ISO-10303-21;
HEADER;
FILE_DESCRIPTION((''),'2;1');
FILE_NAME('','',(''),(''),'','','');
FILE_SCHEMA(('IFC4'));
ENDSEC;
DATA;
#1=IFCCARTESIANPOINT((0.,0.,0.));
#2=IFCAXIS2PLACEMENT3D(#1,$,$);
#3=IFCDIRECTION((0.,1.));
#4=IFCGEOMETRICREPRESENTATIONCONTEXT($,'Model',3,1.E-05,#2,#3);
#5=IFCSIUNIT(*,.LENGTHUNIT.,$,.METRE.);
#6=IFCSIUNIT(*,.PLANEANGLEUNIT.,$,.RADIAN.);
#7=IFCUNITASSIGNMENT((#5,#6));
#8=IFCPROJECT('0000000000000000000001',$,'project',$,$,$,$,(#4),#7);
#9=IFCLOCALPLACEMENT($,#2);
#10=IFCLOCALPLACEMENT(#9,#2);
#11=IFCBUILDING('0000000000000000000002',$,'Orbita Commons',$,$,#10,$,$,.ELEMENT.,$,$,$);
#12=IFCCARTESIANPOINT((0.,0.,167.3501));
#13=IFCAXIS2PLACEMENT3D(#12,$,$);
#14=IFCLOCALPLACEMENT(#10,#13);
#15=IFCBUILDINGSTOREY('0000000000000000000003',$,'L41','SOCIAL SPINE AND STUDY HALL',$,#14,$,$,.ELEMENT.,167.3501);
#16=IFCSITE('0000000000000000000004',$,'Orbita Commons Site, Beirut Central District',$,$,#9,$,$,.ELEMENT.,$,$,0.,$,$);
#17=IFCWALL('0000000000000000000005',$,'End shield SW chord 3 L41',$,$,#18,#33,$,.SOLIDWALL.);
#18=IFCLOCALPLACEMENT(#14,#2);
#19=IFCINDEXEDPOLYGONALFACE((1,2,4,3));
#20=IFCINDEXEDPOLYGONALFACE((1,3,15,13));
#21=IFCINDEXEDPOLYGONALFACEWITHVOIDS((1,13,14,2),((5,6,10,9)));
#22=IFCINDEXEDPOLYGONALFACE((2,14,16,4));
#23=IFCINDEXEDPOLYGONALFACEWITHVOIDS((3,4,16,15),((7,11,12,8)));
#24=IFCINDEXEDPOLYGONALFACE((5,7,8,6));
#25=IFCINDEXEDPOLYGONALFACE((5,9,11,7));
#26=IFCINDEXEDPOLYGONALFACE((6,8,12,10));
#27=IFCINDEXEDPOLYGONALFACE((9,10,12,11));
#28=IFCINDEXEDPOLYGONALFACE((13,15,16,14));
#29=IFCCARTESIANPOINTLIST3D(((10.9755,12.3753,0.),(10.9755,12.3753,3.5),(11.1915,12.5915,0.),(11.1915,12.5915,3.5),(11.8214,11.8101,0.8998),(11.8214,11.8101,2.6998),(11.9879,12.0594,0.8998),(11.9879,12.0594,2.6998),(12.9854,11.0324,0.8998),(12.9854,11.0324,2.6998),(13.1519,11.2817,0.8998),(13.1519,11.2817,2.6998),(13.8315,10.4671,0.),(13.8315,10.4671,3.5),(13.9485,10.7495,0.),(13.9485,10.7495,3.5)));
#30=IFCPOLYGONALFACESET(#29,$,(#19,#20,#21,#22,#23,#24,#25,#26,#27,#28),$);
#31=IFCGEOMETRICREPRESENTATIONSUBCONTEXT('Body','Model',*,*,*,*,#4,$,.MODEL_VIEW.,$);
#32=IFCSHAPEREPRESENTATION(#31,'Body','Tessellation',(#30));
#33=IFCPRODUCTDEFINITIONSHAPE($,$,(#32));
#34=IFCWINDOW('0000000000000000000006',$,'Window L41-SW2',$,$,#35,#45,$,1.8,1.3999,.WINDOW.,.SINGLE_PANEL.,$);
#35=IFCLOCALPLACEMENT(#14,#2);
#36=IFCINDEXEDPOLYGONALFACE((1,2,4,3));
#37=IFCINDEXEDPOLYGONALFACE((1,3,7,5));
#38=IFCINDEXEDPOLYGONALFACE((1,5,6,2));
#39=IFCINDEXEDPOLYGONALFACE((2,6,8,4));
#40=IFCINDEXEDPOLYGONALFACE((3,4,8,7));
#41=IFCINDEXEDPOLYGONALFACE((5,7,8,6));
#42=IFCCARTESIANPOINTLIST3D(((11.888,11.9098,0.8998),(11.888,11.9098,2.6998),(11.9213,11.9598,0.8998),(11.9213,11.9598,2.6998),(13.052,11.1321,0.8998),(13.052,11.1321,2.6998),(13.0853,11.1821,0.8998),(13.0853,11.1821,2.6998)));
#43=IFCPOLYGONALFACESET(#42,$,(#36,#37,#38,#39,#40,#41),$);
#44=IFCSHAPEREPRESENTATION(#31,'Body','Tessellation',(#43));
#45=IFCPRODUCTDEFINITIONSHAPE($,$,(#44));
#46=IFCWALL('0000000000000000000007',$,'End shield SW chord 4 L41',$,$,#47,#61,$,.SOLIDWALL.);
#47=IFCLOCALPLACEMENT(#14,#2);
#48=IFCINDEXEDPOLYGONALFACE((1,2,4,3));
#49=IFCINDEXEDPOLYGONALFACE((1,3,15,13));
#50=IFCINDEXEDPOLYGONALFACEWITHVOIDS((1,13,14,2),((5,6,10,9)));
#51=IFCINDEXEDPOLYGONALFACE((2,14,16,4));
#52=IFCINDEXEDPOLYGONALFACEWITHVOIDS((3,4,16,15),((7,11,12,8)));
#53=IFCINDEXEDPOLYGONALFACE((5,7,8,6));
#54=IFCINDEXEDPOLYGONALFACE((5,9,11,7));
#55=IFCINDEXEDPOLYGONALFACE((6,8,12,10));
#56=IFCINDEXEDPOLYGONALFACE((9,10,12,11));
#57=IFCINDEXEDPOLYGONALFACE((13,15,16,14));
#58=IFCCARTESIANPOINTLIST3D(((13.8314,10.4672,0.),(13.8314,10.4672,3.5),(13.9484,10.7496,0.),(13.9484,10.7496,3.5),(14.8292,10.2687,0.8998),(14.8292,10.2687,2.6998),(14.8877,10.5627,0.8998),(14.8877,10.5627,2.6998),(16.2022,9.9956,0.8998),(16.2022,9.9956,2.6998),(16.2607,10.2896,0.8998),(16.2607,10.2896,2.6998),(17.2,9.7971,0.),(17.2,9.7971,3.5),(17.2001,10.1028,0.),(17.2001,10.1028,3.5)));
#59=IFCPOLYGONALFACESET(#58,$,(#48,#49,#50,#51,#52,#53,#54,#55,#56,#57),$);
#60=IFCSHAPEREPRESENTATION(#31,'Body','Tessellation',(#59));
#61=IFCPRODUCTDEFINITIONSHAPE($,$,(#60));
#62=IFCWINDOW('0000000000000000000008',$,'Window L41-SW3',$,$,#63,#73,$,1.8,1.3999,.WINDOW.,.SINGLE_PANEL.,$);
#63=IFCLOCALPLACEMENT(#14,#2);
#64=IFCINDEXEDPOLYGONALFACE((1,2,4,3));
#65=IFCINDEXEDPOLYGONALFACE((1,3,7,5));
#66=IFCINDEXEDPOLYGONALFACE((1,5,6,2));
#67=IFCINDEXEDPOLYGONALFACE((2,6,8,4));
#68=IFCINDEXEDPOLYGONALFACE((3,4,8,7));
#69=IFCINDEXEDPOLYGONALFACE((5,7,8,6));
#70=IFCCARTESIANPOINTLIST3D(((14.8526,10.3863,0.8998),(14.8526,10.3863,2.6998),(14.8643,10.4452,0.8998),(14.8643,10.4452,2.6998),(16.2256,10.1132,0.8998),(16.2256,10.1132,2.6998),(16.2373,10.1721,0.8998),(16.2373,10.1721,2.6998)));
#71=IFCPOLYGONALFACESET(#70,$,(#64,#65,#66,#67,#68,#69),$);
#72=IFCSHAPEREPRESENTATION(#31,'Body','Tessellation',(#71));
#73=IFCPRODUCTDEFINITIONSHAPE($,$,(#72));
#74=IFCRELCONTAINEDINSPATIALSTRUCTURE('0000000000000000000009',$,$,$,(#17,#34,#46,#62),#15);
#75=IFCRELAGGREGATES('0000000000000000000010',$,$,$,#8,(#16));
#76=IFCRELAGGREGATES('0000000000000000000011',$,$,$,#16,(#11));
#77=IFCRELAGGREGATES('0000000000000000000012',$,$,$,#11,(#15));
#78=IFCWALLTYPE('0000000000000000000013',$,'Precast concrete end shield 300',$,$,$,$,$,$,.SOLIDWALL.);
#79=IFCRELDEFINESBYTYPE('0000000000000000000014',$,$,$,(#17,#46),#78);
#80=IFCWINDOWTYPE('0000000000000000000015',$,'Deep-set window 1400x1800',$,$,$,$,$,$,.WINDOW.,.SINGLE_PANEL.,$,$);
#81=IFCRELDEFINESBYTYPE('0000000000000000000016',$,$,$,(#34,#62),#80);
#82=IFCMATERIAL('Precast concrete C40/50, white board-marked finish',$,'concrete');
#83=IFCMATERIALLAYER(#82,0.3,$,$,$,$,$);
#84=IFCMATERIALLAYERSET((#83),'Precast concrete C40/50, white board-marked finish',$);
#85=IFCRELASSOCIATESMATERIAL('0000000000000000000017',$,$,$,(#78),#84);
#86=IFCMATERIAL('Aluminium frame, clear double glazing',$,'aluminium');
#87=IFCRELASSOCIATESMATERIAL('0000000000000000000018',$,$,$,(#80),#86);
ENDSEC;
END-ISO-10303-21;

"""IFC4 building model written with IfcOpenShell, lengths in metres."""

from ifc_helpers import new_model, si_unit, direction, frame, frame_2d, origin, place, context, subcontext, project, spatial, polyline, rectangle, outline, extrude, material, layer, layer_set, type_object, element, fill, save


model = new_model("IFC4")

# Units and contexts
model_context = context("Model", 3, precision=1e-05, world=origin(), true_north=direction((0.0, 1.0)))
body_context = subcontext(model_context, "Body", "Model", "MODEL_VIEW")
ifc_project = project(units=[si_unit("LENGTHUNIT", "METRE"), si_unit("PLANEANGLEUNIT", "RADIAN")], contexts=[model_context])

# Site, building, storey
site_placement = place(None, origin())
site = spatial("IfcSite", under=ifc_project, at=site_placement, Name="Orbita Commons Site, Beirut Central District", CompositionType="ELEMENT", RefElevation=0.0)
building_placement = place(site_placement, origin())
building = spatial("IfcBuilding", under=site, at=building_placement, Name="Orbita Commons", CompositionType="ELEMENT")
storey_placement = place(building_placement, frame((0.0, 0.0, 167.3501)))
storey = spatial("IfcBuildingStorey", under=building, at=storey_placement, Name="L41", Description="SOCIAL SPINE AND STUDY HALL", CompositionType="ELEMENT", Elevation=167.3501)

# Walls, openings, windows
ifc_material_1 = material(Name="Precast concrete C40/50, white board-marked finish", Category="concrete")
ifc_layer_1 = layer(ifc_material_1, 0.3)
ifc_layer_set_1 = layer_set([ifc_layer_1], Name="Precast concrete C40/50, white board-marked finish")
wall_type_1 = type_object("IfcWallType", Name="Precast concrete end shield 300", PredefinedType="SOLIDWALL", material=ifc_layer_set_1)
ifc_material_2 = material(Name="Aluminium frame, clear double glazing", Category="aluminium")
window_type = type_object("IfcWindowType", Name="Deep-set window 1400x1800", PartitioningType="SINGLE_PANEL", PredefinedType="WINDOW", material=ifc_material_2)
wall_1_placement = place(storey_placement, frame((11.0835, 12.4834, 0.0), z_axis=(0.0, 0.0, 1.0), x_axis=(0.831493, -0.555535, 0.0)))
wall_1 = element("IfcWall", 1, at=wall_1_placement, inside=storey, type_object=wall_type_1, Name="End shield SW chord 3 L41", PredefinedType="SOLIDWALL", context=body_context, shape_type="SweptSolid", body=[
    extrude(outline(polyline([(-0.0298, -0.1499), (3.405, -0.1499), (3.3455, 0.1499), (0.0298, 0.1499), (-0.0298, -0.1499)])), origin(), (0.0, 0.0, 1.0), 3.5),
])
opening_1_placement = place(wall_1_placement, frame((0.9875, 0.0, 0.8999)))
opening_1 = element("IfcOpeningElement", 2, at=opening_1_placement, cuts=wall_1, PredefinedType="OPENING", context=body_context, shape_type="SweptSolid", body=[
    extrude(rectangle(XDim=1.3999, YDim=1.8, at=frame_2d((0.7, 0.8999))), frame((0.0, 0.1599, 0.0), z_axis=(0.0, -1.0, 0.0), x_axis=(1.0, 0.0, 0.0)), (0.0, 0.0, 1.0), 0.3201),
])
window_1_placement = place(opening_1_placement, origin())
window_1 = element("IfcWindow", 3, at=window_1_placement, inside=storey, type_object=window_type, Name="Window L41-SW2", OverallHeight=1.8, OverallWidth=1.3999, PartitioningType="SINGLE_PANEL", PredefinedType="WINDOW", context=body_context, shape_type="SweptSolid", body=[
    extrude(rectangle(XDim=1.3999, YDim=1.8, at=frame_2d((0.7, 0.8999))), frame((0.0, 0.03, 0.0), z_axis=(0.0, -1.0, 0.0), x_axis=(1.0, 0.0, 0.0)), (0.0, 0.0, 1.0), 0.0601),
])
fill(opening_1, window_1)
wall_2_placement = place(storey_placement, frame((13.8899, 10.6084, 0.0), z_axis=(0.0, 0.0, 1.0), x_axis=(0.980783, -0.1951, 0.0)))
wall_2 = element("IfcWall", 4, at=wall_2_placement, inside=storey, type_object=wall_type_1, Name="End shield SW chord 4 L41", PredefinedType="SOLIDWALL", context=body_context, shape_type="SweptSolid", body=[
    extrude(outline(polyline([(-0.0298, -0.1499), (3.4048, -0.1499), (3.3452, 0.1499), (0.0298, 0.1499), (-0.0298, -0.1499)])), origin(), (0.0, 0.0, 1.0), 3.5),
])
opening_2_placement = place(wall_2_placement, frame((0.9875, 0.0, 0.8999)))
opening_2 = element("IfcOpeningElement", 5, at=opening_2_placement, cuts=wall_2, PredefinedType="OPENING", context=body_context, shape_type="SweptSolid", body=[
    extrude(rectangle(XDim=1.3999, YDim=1.8, at=frame_2d((0.7, 0.8999))), frame((0.0, 0.1599, 0.0), z_axis=(0.0, -1.0, 0.0), x_axis=(1.0, 0.0, 0.0)), (0.0, 0.0, 1.0), 0.3201),
])
window_2_placement = place(opening_2_placement, origin())
window_2 = element("IfcWindow", 6, at=window_2_placement, inside=storey, type_object=window_type, Name="Window L41-SW3", OverallHeight=1.8, OverallWidth=1.3999, PartitioningType="SINGLE_PANEL", PredefinedType="WINDOW", context=body_context, shape_type="SweptSolid", body=[
    extrude(rectangle(XDim=1.3999, YDim=1.8, at=frame_2d((0.7, 0.8999))), frame((0.0, 0.03, 0.0), z_axis=(0.0, -1.0, 0.0), x_axis=(1.0, 0.0, 0.0)), (0.0, 0.0, 1.0), 0.0601),
])
fill(opening_2, window_2)

save(model, "model.ifc")
